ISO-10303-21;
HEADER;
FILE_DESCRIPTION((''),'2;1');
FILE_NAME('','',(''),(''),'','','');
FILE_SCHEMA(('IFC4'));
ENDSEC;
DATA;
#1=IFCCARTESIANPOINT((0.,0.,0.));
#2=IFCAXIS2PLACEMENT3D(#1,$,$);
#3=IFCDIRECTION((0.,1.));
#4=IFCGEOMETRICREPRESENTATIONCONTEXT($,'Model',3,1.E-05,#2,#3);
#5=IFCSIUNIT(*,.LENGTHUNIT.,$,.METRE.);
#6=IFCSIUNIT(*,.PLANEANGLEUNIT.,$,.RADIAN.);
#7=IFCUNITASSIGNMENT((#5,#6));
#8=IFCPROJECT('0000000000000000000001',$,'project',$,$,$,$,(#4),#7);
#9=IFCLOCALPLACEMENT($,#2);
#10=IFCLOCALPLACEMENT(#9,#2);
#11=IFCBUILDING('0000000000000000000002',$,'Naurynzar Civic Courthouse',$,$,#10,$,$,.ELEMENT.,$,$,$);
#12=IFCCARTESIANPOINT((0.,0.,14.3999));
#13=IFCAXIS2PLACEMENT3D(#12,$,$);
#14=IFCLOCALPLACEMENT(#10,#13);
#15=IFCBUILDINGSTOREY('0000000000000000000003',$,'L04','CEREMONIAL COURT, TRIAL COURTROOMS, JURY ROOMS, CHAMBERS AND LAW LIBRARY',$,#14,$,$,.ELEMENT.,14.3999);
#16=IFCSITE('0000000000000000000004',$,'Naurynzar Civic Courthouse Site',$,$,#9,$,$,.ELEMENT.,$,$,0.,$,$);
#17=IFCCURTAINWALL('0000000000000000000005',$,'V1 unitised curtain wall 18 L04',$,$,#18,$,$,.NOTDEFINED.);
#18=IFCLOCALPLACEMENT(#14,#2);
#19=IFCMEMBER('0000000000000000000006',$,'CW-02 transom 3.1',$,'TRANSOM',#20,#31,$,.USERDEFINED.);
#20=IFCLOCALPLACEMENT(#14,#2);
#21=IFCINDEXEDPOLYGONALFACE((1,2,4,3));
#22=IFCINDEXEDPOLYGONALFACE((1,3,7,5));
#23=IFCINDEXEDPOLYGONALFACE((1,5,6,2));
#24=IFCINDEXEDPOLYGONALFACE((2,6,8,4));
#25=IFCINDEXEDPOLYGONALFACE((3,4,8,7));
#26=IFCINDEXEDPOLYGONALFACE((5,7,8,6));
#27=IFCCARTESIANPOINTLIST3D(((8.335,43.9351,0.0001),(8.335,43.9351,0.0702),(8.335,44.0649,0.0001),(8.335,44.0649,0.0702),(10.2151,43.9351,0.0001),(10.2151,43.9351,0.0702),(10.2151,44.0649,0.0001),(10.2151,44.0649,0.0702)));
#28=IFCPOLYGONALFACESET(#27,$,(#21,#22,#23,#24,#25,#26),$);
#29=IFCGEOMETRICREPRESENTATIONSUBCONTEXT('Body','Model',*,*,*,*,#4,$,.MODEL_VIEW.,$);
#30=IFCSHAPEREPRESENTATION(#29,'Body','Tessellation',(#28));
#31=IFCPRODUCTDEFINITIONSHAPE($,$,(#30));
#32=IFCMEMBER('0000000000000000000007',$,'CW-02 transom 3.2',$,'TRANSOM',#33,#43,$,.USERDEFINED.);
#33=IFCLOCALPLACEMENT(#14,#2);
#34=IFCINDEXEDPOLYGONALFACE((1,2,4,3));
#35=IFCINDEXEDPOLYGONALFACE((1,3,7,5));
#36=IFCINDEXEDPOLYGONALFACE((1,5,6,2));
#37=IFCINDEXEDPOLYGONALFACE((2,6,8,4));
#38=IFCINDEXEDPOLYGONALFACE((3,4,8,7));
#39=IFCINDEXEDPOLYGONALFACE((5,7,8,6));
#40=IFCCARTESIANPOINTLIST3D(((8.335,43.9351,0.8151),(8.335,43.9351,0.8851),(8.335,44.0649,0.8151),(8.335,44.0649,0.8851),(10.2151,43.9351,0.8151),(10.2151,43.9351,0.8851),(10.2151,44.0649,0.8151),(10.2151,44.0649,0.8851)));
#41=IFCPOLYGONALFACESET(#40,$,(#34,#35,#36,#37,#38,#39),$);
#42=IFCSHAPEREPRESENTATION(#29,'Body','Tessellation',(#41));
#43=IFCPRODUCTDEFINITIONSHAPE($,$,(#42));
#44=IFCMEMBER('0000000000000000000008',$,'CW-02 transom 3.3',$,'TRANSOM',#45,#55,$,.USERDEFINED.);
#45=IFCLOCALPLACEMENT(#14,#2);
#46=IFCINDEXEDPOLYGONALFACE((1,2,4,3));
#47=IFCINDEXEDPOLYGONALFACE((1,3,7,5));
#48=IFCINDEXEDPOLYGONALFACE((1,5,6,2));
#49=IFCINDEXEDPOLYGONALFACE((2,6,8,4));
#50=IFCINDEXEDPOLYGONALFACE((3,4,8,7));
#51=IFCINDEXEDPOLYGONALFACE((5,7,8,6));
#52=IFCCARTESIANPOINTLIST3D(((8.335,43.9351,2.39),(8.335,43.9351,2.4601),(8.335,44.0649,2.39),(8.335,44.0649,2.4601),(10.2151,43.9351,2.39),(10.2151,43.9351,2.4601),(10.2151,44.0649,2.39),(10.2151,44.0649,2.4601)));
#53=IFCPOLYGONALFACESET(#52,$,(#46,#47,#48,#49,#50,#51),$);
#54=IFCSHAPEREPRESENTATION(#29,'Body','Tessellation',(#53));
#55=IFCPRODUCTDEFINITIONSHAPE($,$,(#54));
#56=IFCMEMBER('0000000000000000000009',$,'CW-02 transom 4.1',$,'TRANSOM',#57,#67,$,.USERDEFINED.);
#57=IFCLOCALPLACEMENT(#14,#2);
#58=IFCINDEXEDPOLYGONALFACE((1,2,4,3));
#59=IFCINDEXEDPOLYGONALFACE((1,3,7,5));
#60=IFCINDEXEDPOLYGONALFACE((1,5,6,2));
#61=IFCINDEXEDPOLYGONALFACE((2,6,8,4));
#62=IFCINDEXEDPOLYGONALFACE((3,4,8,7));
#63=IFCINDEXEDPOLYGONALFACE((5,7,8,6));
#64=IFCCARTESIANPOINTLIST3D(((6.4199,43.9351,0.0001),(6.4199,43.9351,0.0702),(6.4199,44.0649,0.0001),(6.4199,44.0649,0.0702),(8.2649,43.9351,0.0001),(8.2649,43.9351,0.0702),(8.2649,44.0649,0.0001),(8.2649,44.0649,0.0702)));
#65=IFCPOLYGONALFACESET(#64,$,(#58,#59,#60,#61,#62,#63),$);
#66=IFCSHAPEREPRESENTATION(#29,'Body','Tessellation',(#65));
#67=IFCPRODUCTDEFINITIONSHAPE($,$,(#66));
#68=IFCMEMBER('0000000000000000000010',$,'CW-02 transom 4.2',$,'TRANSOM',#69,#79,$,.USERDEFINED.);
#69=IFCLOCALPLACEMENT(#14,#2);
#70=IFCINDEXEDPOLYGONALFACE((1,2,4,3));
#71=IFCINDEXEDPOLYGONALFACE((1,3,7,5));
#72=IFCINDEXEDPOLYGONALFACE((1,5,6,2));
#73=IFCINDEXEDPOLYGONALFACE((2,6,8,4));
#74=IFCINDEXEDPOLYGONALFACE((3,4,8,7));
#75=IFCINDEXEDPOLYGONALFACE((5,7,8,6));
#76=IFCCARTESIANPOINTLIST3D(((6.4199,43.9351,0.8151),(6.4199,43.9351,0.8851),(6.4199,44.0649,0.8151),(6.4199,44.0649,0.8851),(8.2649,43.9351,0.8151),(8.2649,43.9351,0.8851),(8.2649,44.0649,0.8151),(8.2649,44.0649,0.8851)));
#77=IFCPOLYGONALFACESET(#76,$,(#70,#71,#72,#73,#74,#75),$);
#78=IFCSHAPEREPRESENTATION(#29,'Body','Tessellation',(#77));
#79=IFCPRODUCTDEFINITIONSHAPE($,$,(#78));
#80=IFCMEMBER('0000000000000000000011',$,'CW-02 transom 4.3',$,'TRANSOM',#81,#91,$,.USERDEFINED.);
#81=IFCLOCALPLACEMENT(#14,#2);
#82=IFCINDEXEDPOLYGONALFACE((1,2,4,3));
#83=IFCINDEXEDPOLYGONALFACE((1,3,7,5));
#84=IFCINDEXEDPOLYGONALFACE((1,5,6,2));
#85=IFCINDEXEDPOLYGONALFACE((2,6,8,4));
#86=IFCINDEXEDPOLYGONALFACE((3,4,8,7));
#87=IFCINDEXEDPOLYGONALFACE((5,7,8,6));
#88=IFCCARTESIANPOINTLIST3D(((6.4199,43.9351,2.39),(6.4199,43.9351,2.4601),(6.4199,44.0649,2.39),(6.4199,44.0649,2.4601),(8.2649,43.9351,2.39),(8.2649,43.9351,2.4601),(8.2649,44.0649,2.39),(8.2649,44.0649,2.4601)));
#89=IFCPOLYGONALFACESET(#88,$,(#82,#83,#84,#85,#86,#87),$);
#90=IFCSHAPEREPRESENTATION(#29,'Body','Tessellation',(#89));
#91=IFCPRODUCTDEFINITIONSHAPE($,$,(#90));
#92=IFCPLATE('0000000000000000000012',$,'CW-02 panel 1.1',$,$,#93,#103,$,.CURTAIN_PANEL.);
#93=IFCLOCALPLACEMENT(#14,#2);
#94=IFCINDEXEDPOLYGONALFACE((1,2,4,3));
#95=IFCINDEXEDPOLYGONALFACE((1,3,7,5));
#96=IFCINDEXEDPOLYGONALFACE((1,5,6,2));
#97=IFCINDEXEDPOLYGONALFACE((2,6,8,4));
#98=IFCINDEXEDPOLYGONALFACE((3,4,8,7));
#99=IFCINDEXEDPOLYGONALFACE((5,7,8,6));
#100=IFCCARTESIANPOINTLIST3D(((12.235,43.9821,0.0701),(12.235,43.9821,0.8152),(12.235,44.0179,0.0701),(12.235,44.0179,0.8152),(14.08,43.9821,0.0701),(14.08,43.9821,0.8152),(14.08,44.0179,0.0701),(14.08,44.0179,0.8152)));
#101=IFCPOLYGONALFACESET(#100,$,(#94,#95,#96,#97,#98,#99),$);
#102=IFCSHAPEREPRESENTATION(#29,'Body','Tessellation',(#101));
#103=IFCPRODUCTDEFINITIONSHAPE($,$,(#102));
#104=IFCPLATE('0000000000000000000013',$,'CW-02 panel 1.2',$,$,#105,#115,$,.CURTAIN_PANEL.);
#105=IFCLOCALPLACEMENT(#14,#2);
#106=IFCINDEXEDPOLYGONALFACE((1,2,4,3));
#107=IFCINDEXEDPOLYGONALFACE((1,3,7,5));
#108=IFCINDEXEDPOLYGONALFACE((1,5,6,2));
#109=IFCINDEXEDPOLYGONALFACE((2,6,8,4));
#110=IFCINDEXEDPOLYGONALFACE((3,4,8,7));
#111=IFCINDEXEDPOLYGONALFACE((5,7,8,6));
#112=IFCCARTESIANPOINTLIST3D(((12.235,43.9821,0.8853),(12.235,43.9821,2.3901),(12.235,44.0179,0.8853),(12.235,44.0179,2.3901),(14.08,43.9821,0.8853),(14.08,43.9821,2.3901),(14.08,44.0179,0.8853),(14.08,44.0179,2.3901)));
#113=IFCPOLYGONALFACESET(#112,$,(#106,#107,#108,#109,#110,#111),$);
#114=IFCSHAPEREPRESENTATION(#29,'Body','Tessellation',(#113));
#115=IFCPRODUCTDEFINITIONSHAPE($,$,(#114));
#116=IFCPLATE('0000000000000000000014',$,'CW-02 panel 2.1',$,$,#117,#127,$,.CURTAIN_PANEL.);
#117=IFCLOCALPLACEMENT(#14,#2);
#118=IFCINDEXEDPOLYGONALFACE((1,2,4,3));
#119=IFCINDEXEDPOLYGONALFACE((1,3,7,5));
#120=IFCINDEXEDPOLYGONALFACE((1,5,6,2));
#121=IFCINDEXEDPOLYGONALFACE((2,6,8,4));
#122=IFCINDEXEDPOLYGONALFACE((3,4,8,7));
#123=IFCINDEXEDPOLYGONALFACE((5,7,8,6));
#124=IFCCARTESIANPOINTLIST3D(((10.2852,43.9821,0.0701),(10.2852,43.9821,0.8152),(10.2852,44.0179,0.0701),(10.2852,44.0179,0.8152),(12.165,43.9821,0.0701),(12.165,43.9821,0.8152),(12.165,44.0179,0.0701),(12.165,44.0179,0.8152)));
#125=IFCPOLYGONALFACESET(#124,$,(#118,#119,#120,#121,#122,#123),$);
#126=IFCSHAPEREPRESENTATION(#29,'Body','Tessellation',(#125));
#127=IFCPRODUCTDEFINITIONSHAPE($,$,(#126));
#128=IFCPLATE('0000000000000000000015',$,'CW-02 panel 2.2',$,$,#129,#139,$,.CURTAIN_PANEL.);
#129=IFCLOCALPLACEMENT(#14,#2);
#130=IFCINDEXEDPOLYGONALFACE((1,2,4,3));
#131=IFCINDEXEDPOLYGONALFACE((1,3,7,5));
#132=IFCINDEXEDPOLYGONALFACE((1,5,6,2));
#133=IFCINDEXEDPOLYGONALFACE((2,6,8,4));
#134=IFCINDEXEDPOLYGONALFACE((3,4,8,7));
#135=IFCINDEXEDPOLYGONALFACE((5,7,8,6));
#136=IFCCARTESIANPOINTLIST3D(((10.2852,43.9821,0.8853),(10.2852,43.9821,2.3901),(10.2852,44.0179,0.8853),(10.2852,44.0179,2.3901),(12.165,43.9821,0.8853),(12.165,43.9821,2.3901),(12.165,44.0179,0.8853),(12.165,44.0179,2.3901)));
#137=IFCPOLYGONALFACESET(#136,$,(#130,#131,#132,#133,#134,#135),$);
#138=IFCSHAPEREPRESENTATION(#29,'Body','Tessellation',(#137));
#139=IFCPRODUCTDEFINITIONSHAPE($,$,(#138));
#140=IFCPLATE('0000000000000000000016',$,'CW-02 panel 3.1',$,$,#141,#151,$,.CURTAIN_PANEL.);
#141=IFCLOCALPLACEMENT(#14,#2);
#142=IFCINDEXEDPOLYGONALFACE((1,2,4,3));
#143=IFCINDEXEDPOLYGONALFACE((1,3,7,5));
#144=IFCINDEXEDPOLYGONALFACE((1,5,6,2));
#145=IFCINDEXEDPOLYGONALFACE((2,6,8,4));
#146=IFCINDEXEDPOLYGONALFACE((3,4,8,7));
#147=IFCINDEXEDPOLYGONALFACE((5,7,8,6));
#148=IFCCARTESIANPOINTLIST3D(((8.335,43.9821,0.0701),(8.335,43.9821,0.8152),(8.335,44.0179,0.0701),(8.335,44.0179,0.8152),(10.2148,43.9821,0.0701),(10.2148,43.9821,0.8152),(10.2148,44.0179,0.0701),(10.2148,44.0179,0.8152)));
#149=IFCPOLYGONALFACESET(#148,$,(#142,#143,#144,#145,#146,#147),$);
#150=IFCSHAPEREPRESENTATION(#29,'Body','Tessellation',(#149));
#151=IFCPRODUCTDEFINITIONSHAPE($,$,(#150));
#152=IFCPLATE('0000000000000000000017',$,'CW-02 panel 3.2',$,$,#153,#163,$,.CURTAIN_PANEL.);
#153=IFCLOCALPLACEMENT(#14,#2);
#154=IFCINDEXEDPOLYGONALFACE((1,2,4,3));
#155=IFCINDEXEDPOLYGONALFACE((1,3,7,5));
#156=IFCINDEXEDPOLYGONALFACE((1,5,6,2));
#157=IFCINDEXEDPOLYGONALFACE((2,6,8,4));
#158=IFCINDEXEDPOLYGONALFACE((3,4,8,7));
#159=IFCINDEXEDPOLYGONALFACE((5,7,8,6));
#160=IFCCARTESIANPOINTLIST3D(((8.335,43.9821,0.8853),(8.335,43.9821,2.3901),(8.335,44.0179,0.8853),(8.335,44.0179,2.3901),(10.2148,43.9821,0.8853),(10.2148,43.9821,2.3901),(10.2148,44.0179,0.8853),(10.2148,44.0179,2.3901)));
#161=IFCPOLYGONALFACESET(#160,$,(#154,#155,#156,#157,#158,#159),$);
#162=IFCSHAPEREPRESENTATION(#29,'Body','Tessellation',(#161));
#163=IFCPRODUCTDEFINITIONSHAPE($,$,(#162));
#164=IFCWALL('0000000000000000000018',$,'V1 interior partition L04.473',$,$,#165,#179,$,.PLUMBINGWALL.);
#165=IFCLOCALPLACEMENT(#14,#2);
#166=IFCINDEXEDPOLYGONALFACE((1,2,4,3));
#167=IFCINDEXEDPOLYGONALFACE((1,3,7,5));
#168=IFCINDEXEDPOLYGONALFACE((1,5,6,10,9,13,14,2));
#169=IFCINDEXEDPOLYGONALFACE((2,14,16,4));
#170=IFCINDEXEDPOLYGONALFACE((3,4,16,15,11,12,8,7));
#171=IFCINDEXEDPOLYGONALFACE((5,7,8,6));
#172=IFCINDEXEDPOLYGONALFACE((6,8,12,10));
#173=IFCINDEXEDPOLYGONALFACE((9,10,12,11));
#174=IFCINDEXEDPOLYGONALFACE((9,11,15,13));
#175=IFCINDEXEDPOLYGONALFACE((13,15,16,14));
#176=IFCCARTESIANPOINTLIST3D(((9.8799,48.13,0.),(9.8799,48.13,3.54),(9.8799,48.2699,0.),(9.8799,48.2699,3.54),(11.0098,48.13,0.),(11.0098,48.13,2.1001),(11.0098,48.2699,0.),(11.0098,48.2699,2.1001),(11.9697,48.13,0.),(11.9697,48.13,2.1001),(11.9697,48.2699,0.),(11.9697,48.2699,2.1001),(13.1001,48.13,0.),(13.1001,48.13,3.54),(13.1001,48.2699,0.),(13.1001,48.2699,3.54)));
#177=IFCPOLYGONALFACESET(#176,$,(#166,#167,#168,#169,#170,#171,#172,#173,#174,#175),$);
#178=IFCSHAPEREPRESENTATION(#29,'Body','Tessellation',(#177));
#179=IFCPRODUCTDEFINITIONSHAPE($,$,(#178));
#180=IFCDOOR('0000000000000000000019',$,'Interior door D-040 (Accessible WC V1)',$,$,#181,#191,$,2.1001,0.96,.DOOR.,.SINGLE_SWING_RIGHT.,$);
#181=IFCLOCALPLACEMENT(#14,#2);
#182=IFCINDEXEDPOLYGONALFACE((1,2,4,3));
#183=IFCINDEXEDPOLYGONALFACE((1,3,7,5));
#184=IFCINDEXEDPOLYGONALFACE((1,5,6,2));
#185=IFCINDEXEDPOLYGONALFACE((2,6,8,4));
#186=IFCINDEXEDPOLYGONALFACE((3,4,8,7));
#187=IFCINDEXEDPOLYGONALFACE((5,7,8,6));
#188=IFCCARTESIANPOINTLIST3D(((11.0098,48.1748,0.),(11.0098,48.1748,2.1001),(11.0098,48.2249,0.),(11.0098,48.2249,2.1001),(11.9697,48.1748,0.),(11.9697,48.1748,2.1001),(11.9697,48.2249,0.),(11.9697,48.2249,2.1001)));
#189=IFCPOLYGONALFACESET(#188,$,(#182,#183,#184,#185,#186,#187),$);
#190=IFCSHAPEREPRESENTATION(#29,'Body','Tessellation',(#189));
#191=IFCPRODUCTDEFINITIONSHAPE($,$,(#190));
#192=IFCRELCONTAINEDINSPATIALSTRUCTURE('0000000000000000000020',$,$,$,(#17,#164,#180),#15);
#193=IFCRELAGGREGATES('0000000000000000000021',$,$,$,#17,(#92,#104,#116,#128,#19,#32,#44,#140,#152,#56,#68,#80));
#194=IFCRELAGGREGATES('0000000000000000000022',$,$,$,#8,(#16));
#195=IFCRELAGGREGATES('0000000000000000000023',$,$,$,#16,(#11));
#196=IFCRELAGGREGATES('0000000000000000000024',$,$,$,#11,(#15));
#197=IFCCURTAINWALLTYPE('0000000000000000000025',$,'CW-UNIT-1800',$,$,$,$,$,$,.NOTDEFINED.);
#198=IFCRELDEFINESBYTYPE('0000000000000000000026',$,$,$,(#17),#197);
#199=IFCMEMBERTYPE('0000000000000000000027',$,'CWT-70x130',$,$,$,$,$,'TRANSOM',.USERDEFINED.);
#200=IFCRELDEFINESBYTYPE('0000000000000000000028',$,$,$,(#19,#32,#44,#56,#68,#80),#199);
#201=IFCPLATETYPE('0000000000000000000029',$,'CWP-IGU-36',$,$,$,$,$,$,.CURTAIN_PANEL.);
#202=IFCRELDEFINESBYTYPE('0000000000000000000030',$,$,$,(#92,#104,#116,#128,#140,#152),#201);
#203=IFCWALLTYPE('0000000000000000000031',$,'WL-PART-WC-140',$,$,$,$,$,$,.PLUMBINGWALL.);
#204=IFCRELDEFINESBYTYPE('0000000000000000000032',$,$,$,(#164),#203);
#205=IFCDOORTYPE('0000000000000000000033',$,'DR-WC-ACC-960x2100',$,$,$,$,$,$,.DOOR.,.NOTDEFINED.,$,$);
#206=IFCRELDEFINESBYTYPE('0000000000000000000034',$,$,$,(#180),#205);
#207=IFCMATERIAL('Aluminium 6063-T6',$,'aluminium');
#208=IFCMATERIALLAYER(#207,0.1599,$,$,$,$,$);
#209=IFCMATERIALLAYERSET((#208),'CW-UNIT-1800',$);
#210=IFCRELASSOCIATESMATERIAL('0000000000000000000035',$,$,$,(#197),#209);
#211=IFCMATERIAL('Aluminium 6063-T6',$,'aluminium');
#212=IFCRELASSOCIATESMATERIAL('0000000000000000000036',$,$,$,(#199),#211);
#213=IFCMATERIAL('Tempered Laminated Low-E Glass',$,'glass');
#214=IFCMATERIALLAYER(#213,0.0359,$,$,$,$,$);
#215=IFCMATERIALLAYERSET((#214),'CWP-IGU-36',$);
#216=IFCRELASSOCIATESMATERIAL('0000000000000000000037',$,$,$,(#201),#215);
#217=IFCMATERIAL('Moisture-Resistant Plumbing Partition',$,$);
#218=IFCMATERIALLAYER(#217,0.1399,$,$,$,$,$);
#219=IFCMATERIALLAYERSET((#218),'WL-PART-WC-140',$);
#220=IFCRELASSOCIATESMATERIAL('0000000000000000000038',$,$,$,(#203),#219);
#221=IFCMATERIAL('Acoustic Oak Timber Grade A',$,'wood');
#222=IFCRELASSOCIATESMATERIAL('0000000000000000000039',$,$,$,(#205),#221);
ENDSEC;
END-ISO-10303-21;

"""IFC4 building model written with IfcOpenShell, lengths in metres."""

from ifc_helpers import new_model, si_unit, direction, frame, frame_2d, origin, origin_2d, place, context, subcontext, project, spatial, rectangle, extrude, material, layer, layer_set, material_profile, profile_set, type_object, element, fill, aggregate, save


model = new_model("IFC4")

# Units and contexts
model_context = context("Model", 3, precision=1e-05, world=origin(), true_north=direction((0.0, 1.0)))
body_context = subcontext(model_context, "Body", "Model", "MODEL_VIEW")
ifc_project = project(units=[si_unit("LENGTHUNIT", "METRE"), si_unit("PLANEANGLEUNIT", "RADIAN")], contexts=[model_context])

# Site, building, storey
site_placement = place(None, origin())
site = spatial("IfcSite", under=ifc_project, at=site_placement, Name="Naurynzar Civic Courthouse Site", CompositionType="ELEMENT", RefElevation=0.0)
building_placement = place(site_placement, origin())
building = spatial("IfcBuilding", under=site, at=building_placement, Name="Naurynzar Civic Courthouse", CompositionType="ELEMENT")
storey_placement = place(building_placement, frame((0.0, 0.0, 14.3999)))
storey = spatial("IfcBuildingStorey", under=building, at=storey_placement, Name="L04", Description="CEREMONIAL COURT, TRIAL COURTROOMS, JURY ROOMS, CHAMBERS AND LAW LIBRARY", CompositionType="ELEMENT", Elevation=14.3999)

# Curtain wall, members, plates
ifc_material_1 = material(Name="Aluminium 6063-T6", Category="aluminium")
ifc_layer_1 = layer(ifc_material_1, 0.1599)
ifc_layer_set_1 = layer_set([ifc_layer_1], Name="CW-UNIT-1800")
curtain_wall_type = type_object("IfcCurtainWallType", Name="CW-UNIT-1800", PredefinedType="NOTDEFINED", material=ifc_layer_set_1)
curtain_wall_placement = place(storey_placement, origin())
curtain_wall = element("IfcCurtainWall", 1, at=curtain_wall_placement, inside=storey, type_object=curtain_wall_type, Name="V1 unitised curtain wall 18 L04", PredefinedType="NOTDEFINED")
ifc_material_2 = material(Name="Aluminium 6063-T6", Category="aluminium")
ifc_material_profile_1 = material_profile(ifc_material_2, rectangle(XDim=0.1299, YDim=0.0701, at=origin_2d()), Name="ALU TRANSOM 70x130")
ifc_profile_set_1 = profile_set([ifc_material_profile_1], Name="Aluminium 6063-T6")
member_type_1 = type_object("IfcMemberType", Name="CWT-70x130", ElementType="TRANSOM", PredefinedType="USERDEFINED", material=ifc_profile_set_1)
member_1_placement = place(storey_placement, frame((10.2151, 44.0, 0.0352), z_axis=(-1.0, 0.0, 0.0), x_axis=(0.0, -1.0, 0.0)))
member_1 = element("IfcMember", 2, at=member_1_placement, type_object=member_type_1, Name="CW-02 transom 3.1", ObjectType="TRANSOM", PredefinedType="USERDEFINED", context=body_context, shape_type="SweptSolid", body=[
    extrude(rectangle(XDim=0.1299, YDim=0.0701, at=origin_2d()), origin(), (0.0, 0.0, 1.0), 1.8801),
])
member_2_placement = place(storey_placement, frame((10.2151, 44.0, 0.8501), z_axis=(-1.0, 0.0, 0.0), x_axis=(0.0, -1.0, 0.0)))
member_2 = element("IfcMember", 3, at=member_2_placement, type_object=member_type_1, Name="CW-02 transom 3.2", ObjectType="TRANSOM", PredefinedType="USERDEFINED", context=body_context, shape_type="SweptSolid", body=[
    extrude(rectangle(XDim=0.1299, YDim=0.0701, at=origin_2d()), origin(), (0.0, 0.0, 1.0), 1.8801),
])
member_3_placement = place(storey_placement, frame((10.2151, 44.0, 2.425), z_axis=(-1.0, 0.0, 0.0), x_axis=(0.0, -1.0, 0.0)))
member_3 = element("IfcMember", 4, at=member_3_placement, type_object=member_type_1, Name="CW-02 transom 3.3", ObjectType="TRANSOM", PredefinedType="USERDEFINED", context=body_context, shape_type="SweptSolid", body=[
    extrude(rectangle(XDim=0.1299, YDim=0.0701, at=origin_2d()), origin(), (0.0, 0.0, 1.0), 1.8801),
])
member_4_placement = place(storey_placement, frame((8.2649, 44.0, 0.0352), z_axis=(-1.0, 0.0, 0.0), x_axis=(0.0, -1.0, 0.0)))
member_4 = element("IfcMember", 5, at=member_4_placement, type_object=member_type_1, Name="CW-02 transom 4.1", ObjectType="TRANSOM", PredefinedType="USERDEFINED", context=body_context, shape_type="SweptSolid", body=[
    extrude(rectangle(XDim=0.1299, YDim=0.0701, at=origin_2d()), origin(), (0.0, 0.0, 1.0), 1.845),
])
member_5_placement = place(storey_placement, frame((8.2649, 44.0, 0.8501), z_axis=(-1.0, 0.0, 0.0), x_axis=(0.0, -1.0, 0.0)))
member_5 = element("IfcMember", 6, at=member_5_placement, type_object=member_type_1, Name="CW-02 transom 4.2", ObjectType="TRANSOM", PredefinedType="USERDEFINED", context=body_context, shape_type="SweptSolid", body=[
    extrude(rectangle(XDim=0.1299, YDim=0.0701, at=origin_2d()), origin(), (0.0, 0.0, 1.0), 1.845),
])
member_6_placement = place(storey_placement, frame((8.2649, 44.0, 2.425), z_axis=(-1.0, 0.0, 0.0), x_axis=(0.0, -1.0, 0.0)))
member_6 = element("IfcMember", 7, at=member_6_placement, type_object=member_type_1, Name="CW-02 transom 4.3", ObjectType="TRANSOM", PredefinedType="USERDEFINED", context=body_context, shape_type="SweptSolid", body=[
    extrude(rectangle(XDim=0.1299, YDim=0.0701, at=origin_2d()), origin(), (0.0, 0.0, 1.0), 1.845),
])
ifc_material_3 = material(Name="Tempered Laminated Low-E Glass", Category="glass")
ifc_layer_2 = layer(ifc_material_3, 0.0359)
ifc_layer_set_2 = layer_set([ifc_layer_2], Name="CWP-IGU-36")
plate_type = type_object("IfcPlateType", Name="CWP-IGU-36", PredefinedType="CURTAIN_PANEL", material=ifc_layer_set_2)
plate_1_placement = place(storey_placement, frame((13.1575, 44.0, 0.0701), z_axis=(0.0, 0.0, 1.0), x_axis=(-1.0, 0.0, 0.0)))
plate_1 = element("IfcPlate", 8, at=plate_1_placement, type_object=plate_type, Name="CW-02 panel 1.1", PredefinedType="CURTAIN_PANEL", context=body_context, shape_type="SweptSolid", body=[
    extrude(rectangle(XDim=1.845, YDim=0.0359, at=origin_2d()), origin(), (0.0, 0.0, 1.0), 0.7451),
])
plate_2_placement = place(storey_placement, frame((13.1575, 44.0, 0.8853), z_axis=(0.0, 0.0, 1.0), x_axis=(-1.0, 0.0, 0.0)))
plate_2 = element("IfcPlate", 9, at=plate_2_placement, type_object=plate_type, Name="CW-02 panel 1.2", PredefinedType="CURTAIN_PANEL", context=body_context, shape_type="SweptSolid", body=[
    extrude(rectangle(XDim=1.845, YDim=0.0359, at=origin_2d()), origin(), (0.0, 0.0, 1.0), 1.5049),
])
plate_3_placement = place(storey_placement, frame((11.2251, 44.0, 0.0701), z_axis=(0.0, 0.0, 1.0), x_axis=(-1.0, 0.0, 0.0)))
plate_3 = element("IfcPlate", 10, at=plate_3_placement, type_object=plate_type, Name="CW-02 panel 2.1", PredefinedType="CURTAIN_PANEL", context=body_context, shape_type="SweptSolid", body=[
    extrude(rectangle(XDim=1.8799, YDim=0.0359, at=origin_2d()), origin(), (0.0, 0.0, 1.0), 0.7451),
])
plate_4_placement = place(storey_placement, frame((11.2251, 44.0, 0.8853), z_axis=(0.0, 0.0, 1.0), x_axis=(-1.0, 0.0, 0.0)))
plate_4 = element("IfcPlate", 11, at=plate_4_placement, type_object=plate_type, Name="CW-02 panel 2.2", PredefinedType="CURTAIN_PANEL", context=body_context, shape_type="SweptSolid", body=[
    extrude(rectangle(XDim=1.8799, YDim=0.0359, at=origin_2d()), origin(), (0.0, 0.0, 1.0), 1.5049),
])
plate_5_placement = place(storey_placement, frame((9.2749, 44.0, 0.0701), z_axis=(0.0, 0.0, 1.0), x_axis=(-1.0, 0.0, 0.0)))
plate_5 = element("IfcPlate", 12, at=plate_5_placement, type_object=plate_type, Name="CW-02 panel 3.1", PredefinedType="CURTAIN_PANEL", context=body_context, shape_type="SweptSolid", body=[
    extrude(rectangle(XDim=1.8799, YDim=0.0359, at=origin_2d()), origin(), (0.0, 0.0, 1.0), 0.7451),
])
plate_6_placement = place(storey_placement, frame((9.2749, 44.0, 0.8853), z_axis=(0.0, 0.0, 1.0), x_axis=(-1.0, 0.0, 0.0)))
plate_6 = element("IfcPlate", 13, at=plate_6_placement, type_object=plate_type, Name="CW-02 panel 3.2", PredefinedType="CURTAIN_PANEL", context=body_context, shape_type="SweptSolid", body=[
    extrude(rectangle(XDim=1.8799, YDim=0.0359, at=origin_2d()), origin(), (0.0, 0.0, 1.0), 1.5049),
])
aggregate(curtain_wall, [plate_1, plate_2, plate_3, plate_4, member_1, member_2, member_3, plate_5, plate_6, member_4, member_5, member_6])

# Wall, opening, door
ifc_material_4 = material(Name="Moisture-Resistant Plumbing Partition")
ifc_layer_3 = layer(ifc_material_4, 0.1399)
ifc_layer_set_3 = layer_set([ifc_layer_3], Name="WL-PART-WC-140")
wall_type_1 = type_object("IfcWallType", Name="WL-PART-WC-140", PredefinedType="PLUMBINGWALL", material=ifc_layer_set_3)
wall_1_placement = place(storey_placement, frame((9.8799, 48.2, 0.0), z_axis=(0.0, 0.0, 1.0), x_axis=(1.0, 0.0, 0.0)))
wall_1 = element("IfcWall", 14, at=wall_1_placement, inside=storey, type_object=wall_type_1, Name="V1 interior partition L04.473", PredefinedType="PLUMBINGWALL", context=body_context, shape_type="SweptSolid", body=[
    extrude(rectangle(XDim=3.2202, YDim=0.1399, at=frame_2d((1.6101, 0.0))), origin(), (0.0, 0.0, 1.0), 3.54),
])
opening_placement = place(wall_1_placement, frame((1.1299, 0.0, 0.0)))
opening = element("IfcOpeningElement", 15, at=opening_placement, cuts=wall_1, PredefinedType="OPENING", context=body_context, shape_type="SweptSolid", body=[
    extrude(rectangle(XDim=0.96, YDim=2.1001, at=frame_2d((0.48, 1.05))), frame((0.0, 0.0798, 0.0), z_axis=(0.0, -1.0, 0.0), x_axis=(1.0, 0.0, 0.0)), (0.0, 0.0, 1.0), 0.1599),
])
ifc_material_5 = material(Name="Acoustic Oak Timber Grade A", Category="wood")
door_type = type_object("IfcDoorType", Name="DR-WC-ACC-960x2100", OperationType="NOTDEFINED", PredefinedType="DOOR", material=ifc_material_5)
door_placement = place(opening_placement, origin())
door = element("IfcDoor", 16, at=door_placement, inside=storey, type_object=door_type, Name="Interior door D-040 (Accessible WC V1)", OperationType="SINGLE_SWING_RIGHT", OverallHeight=2.1001, OverallWidth=0.96, PredefinedType="DOOR", context=body_context, shape_type="SweptSolid", body=[
    extrude(rectangle(XDim=0.96, YDim=2.1001, at=frame_2d((0.48, 1.05))), frame((0.0, 0.0249, 0.0), z_axis=(0.0, -1.0, 0.0), x_axis=(1.0, 0.0, 0.0)), (0.0, 0.0, 1.0), 0.05),
])
fill(opening, door)

save(model, "model.ifc")
